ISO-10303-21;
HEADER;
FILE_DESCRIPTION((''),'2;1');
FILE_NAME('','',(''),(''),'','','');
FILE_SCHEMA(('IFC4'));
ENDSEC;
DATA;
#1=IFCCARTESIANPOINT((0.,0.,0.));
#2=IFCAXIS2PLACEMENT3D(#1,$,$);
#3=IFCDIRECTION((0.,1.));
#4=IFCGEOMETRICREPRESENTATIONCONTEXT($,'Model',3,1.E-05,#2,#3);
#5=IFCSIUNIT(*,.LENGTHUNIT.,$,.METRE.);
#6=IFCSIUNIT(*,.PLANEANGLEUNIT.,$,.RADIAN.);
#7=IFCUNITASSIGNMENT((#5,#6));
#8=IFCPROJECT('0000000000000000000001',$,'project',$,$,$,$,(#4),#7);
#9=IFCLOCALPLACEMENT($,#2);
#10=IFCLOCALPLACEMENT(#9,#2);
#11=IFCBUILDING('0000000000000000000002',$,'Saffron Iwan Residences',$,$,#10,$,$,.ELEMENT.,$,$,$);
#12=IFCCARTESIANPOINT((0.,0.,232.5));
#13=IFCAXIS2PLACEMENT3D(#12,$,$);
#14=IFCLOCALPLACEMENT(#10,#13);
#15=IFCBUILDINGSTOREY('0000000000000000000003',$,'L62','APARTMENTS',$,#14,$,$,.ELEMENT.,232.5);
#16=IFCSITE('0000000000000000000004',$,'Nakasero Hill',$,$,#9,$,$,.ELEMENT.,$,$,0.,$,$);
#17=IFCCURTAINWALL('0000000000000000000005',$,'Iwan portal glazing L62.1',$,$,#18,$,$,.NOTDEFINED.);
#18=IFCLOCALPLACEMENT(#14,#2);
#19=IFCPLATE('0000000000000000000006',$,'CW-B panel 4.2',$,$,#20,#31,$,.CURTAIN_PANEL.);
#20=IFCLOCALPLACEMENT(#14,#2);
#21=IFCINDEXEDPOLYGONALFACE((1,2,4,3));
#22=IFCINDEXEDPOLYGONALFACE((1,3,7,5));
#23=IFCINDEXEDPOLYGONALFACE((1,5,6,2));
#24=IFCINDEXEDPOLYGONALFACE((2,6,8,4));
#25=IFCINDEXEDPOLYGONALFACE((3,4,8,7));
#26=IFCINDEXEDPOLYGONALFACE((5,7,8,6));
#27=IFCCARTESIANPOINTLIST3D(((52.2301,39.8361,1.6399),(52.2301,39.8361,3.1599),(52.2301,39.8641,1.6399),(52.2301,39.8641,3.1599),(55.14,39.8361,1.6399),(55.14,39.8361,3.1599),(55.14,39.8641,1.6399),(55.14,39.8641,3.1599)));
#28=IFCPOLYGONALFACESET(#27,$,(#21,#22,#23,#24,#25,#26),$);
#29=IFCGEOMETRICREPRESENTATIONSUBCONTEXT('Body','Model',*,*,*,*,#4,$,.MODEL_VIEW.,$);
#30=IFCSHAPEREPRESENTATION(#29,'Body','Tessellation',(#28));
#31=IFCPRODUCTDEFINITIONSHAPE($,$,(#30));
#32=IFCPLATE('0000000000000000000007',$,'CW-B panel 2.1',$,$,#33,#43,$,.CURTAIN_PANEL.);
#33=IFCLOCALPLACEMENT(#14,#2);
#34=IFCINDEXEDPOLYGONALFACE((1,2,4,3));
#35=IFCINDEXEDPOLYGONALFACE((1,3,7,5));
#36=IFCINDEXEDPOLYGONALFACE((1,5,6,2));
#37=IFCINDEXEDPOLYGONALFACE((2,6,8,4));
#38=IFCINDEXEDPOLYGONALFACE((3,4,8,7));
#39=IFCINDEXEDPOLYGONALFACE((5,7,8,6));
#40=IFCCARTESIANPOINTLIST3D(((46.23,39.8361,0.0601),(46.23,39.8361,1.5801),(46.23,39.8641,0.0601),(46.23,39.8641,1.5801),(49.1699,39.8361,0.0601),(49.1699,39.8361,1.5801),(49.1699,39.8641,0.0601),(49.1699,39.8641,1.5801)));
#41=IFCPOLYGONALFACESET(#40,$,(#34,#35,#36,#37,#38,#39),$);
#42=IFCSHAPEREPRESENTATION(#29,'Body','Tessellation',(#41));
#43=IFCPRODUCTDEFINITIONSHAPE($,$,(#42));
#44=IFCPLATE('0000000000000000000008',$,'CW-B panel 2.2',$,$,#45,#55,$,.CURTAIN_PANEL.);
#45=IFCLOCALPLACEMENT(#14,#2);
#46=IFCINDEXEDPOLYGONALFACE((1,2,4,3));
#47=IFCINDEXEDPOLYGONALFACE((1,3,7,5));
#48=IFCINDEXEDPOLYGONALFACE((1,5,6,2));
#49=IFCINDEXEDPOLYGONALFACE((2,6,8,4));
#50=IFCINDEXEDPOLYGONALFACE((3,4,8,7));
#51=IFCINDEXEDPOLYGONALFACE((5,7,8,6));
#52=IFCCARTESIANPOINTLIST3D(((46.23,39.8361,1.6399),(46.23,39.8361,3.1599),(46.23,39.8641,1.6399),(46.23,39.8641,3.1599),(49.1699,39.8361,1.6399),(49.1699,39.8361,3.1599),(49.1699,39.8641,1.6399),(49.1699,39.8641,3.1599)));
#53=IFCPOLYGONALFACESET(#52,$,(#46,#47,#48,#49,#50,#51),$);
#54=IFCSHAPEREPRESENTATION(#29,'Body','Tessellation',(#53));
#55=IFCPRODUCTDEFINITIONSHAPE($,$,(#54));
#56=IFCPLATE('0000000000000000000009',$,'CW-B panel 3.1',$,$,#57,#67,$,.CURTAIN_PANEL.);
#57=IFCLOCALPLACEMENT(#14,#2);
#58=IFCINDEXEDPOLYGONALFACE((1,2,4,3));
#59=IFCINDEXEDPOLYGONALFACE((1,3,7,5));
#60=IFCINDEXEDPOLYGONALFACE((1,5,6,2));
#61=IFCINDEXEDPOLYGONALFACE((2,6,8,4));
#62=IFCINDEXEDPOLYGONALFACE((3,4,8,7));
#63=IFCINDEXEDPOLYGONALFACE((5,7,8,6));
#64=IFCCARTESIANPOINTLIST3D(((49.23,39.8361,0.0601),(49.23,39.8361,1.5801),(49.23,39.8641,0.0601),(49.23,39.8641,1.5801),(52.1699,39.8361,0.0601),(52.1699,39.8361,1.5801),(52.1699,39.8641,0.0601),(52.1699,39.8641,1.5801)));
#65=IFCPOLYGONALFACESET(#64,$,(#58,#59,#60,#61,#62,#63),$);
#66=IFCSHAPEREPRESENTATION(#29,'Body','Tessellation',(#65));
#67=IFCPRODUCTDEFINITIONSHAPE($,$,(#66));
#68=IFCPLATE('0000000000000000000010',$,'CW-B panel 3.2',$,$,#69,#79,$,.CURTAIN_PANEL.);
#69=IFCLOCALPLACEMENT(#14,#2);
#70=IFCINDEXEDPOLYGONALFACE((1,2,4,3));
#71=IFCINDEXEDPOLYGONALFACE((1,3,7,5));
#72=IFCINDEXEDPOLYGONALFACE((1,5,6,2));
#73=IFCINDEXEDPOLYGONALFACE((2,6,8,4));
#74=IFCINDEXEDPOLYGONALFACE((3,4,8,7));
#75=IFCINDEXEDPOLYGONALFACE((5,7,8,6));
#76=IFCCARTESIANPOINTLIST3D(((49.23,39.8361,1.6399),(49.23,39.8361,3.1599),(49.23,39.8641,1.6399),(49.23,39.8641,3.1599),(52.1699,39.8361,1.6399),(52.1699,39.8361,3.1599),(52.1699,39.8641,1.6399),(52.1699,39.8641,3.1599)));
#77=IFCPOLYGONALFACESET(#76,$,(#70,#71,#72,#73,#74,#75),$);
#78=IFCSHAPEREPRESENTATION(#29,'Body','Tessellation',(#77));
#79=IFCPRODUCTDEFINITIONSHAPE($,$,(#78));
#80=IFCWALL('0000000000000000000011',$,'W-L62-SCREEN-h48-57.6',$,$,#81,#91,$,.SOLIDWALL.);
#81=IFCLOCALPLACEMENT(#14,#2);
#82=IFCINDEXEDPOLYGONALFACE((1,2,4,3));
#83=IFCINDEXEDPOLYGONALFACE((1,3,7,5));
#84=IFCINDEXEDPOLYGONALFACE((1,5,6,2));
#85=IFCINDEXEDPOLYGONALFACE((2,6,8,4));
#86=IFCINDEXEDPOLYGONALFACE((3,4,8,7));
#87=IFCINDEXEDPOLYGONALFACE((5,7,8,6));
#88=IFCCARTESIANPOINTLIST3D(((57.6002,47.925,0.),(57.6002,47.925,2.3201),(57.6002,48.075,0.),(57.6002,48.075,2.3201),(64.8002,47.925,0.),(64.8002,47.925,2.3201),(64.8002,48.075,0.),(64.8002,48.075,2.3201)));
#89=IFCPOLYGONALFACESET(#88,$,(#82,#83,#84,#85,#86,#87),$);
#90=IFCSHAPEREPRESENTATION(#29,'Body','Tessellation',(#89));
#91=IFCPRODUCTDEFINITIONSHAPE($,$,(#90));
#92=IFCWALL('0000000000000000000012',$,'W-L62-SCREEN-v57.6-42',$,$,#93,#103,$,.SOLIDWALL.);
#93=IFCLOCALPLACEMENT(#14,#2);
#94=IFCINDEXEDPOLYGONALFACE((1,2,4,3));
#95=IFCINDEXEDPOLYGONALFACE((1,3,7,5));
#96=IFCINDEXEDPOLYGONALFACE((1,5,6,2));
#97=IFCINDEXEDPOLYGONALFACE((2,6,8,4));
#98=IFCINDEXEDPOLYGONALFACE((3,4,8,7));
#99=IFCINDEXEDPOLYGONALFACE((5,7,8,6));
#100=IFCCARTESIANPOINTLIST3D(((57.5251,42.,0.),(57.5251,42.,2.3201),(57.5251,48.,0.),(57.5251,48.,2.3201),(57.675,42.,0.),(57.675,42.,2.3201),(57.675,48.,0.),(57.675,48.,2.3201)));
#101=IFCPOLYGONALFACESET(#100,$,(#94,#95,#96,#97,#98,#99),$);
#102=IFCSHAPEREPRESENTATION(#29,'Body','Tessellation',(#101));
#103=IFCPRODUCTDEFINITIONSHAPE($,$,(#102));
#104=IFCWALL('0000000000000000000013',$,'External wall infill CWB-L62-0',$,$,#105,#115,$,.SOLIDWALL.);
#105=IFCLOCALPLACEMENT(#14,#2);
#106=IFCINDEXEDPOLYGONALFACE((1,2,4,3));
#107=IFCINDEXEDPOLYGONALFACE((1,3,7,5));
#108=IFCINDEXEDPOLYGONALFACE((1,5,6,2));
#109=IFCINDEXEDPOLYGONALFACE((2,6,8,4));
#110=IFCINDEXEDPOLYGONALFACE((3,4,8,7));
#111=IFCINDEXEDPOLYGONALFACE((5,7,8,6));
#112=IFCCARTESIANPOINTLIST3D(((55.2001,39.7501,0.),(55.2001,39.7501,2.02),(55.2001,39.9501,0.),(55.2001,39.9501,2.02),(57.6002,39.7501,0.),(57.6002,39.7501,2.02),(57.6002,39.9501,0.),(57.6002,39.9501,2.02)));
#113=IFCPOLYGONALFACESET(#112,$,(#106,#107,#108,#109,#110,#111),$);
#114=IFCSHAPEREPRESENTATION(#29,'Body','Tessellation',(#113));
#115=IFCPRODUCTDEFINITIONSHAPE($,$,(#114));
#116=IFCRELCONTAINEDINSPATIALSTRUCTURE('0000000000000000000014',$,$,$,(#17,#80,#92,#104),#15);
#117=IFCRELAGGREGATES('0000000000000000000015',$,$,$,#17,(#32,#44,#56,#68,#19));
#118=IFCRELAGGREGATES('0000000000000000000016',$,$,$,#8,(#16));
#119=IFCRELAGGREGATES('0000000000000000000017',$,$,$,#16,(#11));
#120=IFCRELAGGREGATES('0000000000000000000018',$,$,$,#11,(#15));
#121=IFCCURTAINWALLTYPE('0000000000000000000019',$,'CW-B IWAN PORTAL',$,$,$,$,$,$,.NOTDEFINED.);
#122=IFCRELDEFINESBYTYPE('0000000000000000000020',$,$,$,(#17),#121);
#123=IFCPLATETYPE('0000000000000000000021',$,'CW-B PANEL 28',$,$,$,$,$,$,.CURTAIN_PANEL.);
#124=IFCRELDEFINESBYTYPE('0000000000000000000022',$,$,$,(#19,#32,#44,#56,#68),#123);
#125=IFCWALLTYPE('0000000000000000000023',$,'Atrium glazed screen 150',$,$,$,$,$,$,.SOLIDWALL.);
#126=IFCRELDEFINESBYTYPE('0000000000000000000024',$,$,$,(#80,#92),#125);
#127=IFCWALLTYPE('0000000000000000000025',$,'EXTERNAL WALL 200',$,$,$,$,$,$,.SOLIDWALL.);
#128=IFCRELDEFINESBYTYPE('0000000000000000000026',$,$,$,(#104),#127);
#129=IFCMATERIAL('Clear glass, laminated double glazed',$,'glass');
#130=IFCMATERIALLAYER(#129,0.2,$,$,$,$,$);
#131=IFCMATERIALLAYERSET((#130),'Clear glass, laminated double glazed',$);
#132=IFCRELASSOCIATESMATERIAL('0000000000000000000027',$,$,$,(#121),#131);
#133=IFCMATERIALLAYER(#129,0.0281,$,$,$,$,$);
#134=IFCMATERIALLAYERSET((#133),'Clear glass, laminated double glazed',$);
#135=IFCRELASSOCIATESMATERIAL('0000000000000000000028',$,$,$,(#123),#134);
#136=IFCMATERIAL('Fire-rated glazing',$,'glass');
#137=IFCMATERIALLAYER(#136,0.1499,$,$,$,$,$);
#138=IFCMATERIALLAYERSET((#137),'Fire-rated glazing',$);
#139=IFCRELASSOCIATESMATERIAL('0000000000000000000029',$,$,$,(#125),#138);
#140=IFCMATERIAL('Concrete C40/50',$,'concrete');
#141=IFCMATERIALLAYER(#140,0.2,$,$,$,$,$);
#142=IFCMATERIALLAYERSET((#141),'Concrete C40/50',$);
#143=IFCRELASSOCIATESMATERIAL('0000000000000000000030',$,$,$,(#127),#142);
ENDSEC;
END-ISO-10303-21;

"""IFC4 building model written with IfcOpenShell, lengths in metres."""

from ifc_helpers import new_model, si_unit, direction, frame, frame_2d, origin, origin_2d, place, context, subcontext, project, spatial, rectangle, extrude, source, transform, mapped, material, layer, layer_set, type_object, element, aggregate, save


model = new_model("IFC4")

# Units and contexts
model_context = context("Model", 3, precision=1e-05, world=origin(), true_north=direction((0.0, 1.0)))
body_context = subcontext(model_context, "Body", "Model", "MODEL_VIEW")
ifc_project = project(units=[si_unit("LENGTHUNIT", "METRE"), si_unit("PLANEANGLEUNIT", "RADIAN")], contexts=[model_context])

# Site, building, storey
site_placement = place(None, origin())
site = spatial("IfcSite", under=ifc_project, at=site_placement, Name="Nakasero Hill", CompositionType="ELEMENT", RefElevation=0.0)
building_placement = place(site_placement, origin())
building = spatial("IfcBuilding", under=site, at=building_placement, Name="Saffron Iwan Residences", CompositionType="ELEMENT")
storey_placement = place(building_placement, frame((0.0, 0.0, 232.5)))
storey = spatial("IfcBuildingStorey", under=building, at=storey_placement, Name="L62", Description="APARTMENTS", CompositionType="ELEMENT", Elevation=232.5)

# Shared definitions
ifc_material_1 = material(Name="Concrete C40/50", Category="concrete")

# Curtain wall, plates
ifc_material_2 = material(Name="Clear glass, laminated double glazed", Category="glass")
ifc_layer_1 = layer(ifc_material_2, 0.2)
ifc_layer_set_1 = layer_set([ifc_layer_1], Name="Clear glass, laminated double glazed")
curtain_wall_type = type_object("IfcCurtainWallType", Name="CW-B IWAN PORTAL", PredefinedType="NOTDEFINED", material=ifc_layer_set_1)
curtain_wall_placement = place(storey_placement, origin())
curtain_wall = element("IfcCurtainWall", 1, at=curtain_wall_placement, inside=storey, type_object=curtain_wall_type, Name="Iwan portal glazing L62.1", PredefinedType="NOTDEFINED")
ifc_layer_2 = layer(ifc_material_2, 0.0281)
ifc_layer_set_2 = layer_set([ifc_layer_2], Name="Clear glass, laminated double glazed")
plate_type = type_object("IfcPlateType", Name="CW-B PANEL 28", PredefinedType="CURTAIN_PANEL", material=ifc_layer_set_2)
shared_shape_1 = source(origin(), body_context, "Body", "SweptSolid", [
    extrude(rectangle(XDim=2.9099, YDim=0.0281, at=origin_2d()), origin(), (0.0, 0.0, 1.0), 1.52),
])
plate_1_placement = place(storey_placement, frame((53.6851, 39.8501, 1.6399), z_axis=(0.0, 0.0, 1.0), x_axis=(1.0, 0.0, 0.0)))
plate_1 = element("IfcPlate", 2, at=plate_1_placement, type_object=plate_type, Name="CW-B panel 4.2", PredefinedType="CURTAIN_PANEL", context=body_context, shape_type="MappedRepresentation", body=[
    mapped(shared_shape_1, transform((0.0, 0.0, 0.0))),
])
shared_shape_2 = source(origin(), body_context, "Body", "SweptSolid", [
    extrude(rectangle(XDim=2.9399, YDim=0.0281, at=origin_2d()), origin(), (0.0, 0.0, 1.0), 1.52),
])
plate_2_placement = place(storey_placement, frame((47.7, 39.8501, 0.0601), z_axis=(0.0, 0.0, 1.0), x_axis=(1.0, 0.0, 0.0)))
plate_2 = element("IfcPlate", 3, at=plate_2_placement, type_object=plate_type, Name="CW-B panel 2.1", PredefinedType="CURTAIN_PANEL", context=body_context, shape_type="MappedRepresentation", body=[
    mapped(shared_shape_2, transform((0.0, 0.0, 0.0))),
])
plate_3_placement = place(storey_placement, frame((47.7, 39.8501, 1.6399), z_axis=(0.0, 0.0, 1.0), x_axis=(1.0, 0.0, 0.0)))
plate_3 = element("IfcPlate", 4, at=plate_3_placement, type_object=plate_type, Name="CW-B panel 2.2", PredefinedType="CURTAIN_PANEL", context=body_context, shape_type="MappedRepresentation", body=[
    mapped(shared_shape_2, transform((0.0, 0.0, 0.0))),
])
plate_4_placement = place(storey_placement, frame((50.7, 39.8501, 0.0601), z_axis=(0.0, 0.0, 1.0), x_axis=(1.0, 0.0, 0.0)))
plate_4 = element("IfcPlate", 5, at=plate_4_placement, type_object=plate_type, Name="CW-B panel 3.1", PredefinedType="CURTAIN_PANEL", context=body_context, shape_type="MappedRepresentation", body=[
    mapped(shared_shape_2, transform((0.0, 0.0, 0.0))),
])
plate_5_placement = place(storey_placement, frame((50.7, 39.8501, 1.6399), z_axis=(0.0, 0.0, 1.0), x_axis=(1.0, 0.0, 0.0)))
plate_5 = element("IfcPlate", 6, at=plate_5_placement, type_object=plate_type, Name="CW-B panel 3.2", PredefinedType="CURTAIN_PANEL", context=body_context, shape_type="MappedRepresentation", body=[
    mapped(shared_shape_2, transform((0.0, 0.0, 0.0))),
])
aggregate(curtain_wall, [plate_2, plate_3, plate_4, plate_5, plate_1])

# Walls
ifc_material_3 = material(Name="Fire-rated glazing", Category="glass")
ifc_layer_3 = layer(ifc_material_3, 0.1499)
ifc_layer_set_3 = layer_set([ifc_layer_3], Name="Fire-rated glazing")
wall_type_1 = type_object("IfcWallType", Name="Atrium glazed screen 150", PredefinedType="SOLIDWALL", material=ifc_layer_set_3)
wall_1_placement = place(storey_placement, frame((57.6001, 48.0, 0.0), z_axis=(0.0, 0.0, 1.0), x_axis=(1.0, 0.0, 0.0)))
element("IfcWall", 7, at=wall_1_placement, inside=storey, type_object=wall_type_1, Name="W-L62-SCREEN-h48-57.6", PredefinedType="SOLIDWALL", context=body_context, shape_type="SweptSolid", body=[
    extrude(rectangle(XDim=7.2, YDim=0.1499, at=frame_2d((3.6001, 0.0))), origin(), (0.0, 0.0, 1.0), 2.3201),
])
wall_2_placement = place(storey_placement, frame((57.6001, 42.0, 0.0), z_axis=(0.0, 0.0, 1.0), x_axis=(0.0, 1.0, 0.0)))
element("IfcWall", 8, at=wall_2_placement, inside=storey, type_object=wall_type_1, Name="W-L62-SCREEN-v57.6-42", PredefinedType="SOLIDWALL", context=body_context, shape_type="SweptSolid", body=[
    extrude(rectangle(XDim=6.0, YDim=0.1499, at=frame_2d((3.0, 0.0))), origin(), (0.0, 0.0, 1.0), 2.3201),
])
ifc_layer_4 = layer(ifc_material_1, 0.2)
ifc_layer_set_4 = layer_set([ifc_layer_4], Name="Concrete C40/50")
wall_type_2 = type_object("IfcWallType", Name="EXTERNAL WALL 200", PredefinedType="SOLIDWALL", material=ifc_layer_set_4)
wall_3_placement = place(storey_placement, frame((55.2, 39.8501, 0.0), z_axis=(0.0, 0.0, 1.0), x_axis=(1.0, 0.0, 0.0)))
element("IfcWall", 9, at=wall_3_placement, inside=storey, type_object=wall_type_2, Name="External wall infill CWB-L62-0", PredefinedType="SOLIDWALL", context=body_context, shape_type="SweptSolid", body=[
    extrude(rectangle(XDim=2.4001, YDim=0.2, at=frame_2d((1.2002, 0.0))), origin(), (0.0, 0.0, 1.0), 2.02),
])

save(model, "model.ifc")
